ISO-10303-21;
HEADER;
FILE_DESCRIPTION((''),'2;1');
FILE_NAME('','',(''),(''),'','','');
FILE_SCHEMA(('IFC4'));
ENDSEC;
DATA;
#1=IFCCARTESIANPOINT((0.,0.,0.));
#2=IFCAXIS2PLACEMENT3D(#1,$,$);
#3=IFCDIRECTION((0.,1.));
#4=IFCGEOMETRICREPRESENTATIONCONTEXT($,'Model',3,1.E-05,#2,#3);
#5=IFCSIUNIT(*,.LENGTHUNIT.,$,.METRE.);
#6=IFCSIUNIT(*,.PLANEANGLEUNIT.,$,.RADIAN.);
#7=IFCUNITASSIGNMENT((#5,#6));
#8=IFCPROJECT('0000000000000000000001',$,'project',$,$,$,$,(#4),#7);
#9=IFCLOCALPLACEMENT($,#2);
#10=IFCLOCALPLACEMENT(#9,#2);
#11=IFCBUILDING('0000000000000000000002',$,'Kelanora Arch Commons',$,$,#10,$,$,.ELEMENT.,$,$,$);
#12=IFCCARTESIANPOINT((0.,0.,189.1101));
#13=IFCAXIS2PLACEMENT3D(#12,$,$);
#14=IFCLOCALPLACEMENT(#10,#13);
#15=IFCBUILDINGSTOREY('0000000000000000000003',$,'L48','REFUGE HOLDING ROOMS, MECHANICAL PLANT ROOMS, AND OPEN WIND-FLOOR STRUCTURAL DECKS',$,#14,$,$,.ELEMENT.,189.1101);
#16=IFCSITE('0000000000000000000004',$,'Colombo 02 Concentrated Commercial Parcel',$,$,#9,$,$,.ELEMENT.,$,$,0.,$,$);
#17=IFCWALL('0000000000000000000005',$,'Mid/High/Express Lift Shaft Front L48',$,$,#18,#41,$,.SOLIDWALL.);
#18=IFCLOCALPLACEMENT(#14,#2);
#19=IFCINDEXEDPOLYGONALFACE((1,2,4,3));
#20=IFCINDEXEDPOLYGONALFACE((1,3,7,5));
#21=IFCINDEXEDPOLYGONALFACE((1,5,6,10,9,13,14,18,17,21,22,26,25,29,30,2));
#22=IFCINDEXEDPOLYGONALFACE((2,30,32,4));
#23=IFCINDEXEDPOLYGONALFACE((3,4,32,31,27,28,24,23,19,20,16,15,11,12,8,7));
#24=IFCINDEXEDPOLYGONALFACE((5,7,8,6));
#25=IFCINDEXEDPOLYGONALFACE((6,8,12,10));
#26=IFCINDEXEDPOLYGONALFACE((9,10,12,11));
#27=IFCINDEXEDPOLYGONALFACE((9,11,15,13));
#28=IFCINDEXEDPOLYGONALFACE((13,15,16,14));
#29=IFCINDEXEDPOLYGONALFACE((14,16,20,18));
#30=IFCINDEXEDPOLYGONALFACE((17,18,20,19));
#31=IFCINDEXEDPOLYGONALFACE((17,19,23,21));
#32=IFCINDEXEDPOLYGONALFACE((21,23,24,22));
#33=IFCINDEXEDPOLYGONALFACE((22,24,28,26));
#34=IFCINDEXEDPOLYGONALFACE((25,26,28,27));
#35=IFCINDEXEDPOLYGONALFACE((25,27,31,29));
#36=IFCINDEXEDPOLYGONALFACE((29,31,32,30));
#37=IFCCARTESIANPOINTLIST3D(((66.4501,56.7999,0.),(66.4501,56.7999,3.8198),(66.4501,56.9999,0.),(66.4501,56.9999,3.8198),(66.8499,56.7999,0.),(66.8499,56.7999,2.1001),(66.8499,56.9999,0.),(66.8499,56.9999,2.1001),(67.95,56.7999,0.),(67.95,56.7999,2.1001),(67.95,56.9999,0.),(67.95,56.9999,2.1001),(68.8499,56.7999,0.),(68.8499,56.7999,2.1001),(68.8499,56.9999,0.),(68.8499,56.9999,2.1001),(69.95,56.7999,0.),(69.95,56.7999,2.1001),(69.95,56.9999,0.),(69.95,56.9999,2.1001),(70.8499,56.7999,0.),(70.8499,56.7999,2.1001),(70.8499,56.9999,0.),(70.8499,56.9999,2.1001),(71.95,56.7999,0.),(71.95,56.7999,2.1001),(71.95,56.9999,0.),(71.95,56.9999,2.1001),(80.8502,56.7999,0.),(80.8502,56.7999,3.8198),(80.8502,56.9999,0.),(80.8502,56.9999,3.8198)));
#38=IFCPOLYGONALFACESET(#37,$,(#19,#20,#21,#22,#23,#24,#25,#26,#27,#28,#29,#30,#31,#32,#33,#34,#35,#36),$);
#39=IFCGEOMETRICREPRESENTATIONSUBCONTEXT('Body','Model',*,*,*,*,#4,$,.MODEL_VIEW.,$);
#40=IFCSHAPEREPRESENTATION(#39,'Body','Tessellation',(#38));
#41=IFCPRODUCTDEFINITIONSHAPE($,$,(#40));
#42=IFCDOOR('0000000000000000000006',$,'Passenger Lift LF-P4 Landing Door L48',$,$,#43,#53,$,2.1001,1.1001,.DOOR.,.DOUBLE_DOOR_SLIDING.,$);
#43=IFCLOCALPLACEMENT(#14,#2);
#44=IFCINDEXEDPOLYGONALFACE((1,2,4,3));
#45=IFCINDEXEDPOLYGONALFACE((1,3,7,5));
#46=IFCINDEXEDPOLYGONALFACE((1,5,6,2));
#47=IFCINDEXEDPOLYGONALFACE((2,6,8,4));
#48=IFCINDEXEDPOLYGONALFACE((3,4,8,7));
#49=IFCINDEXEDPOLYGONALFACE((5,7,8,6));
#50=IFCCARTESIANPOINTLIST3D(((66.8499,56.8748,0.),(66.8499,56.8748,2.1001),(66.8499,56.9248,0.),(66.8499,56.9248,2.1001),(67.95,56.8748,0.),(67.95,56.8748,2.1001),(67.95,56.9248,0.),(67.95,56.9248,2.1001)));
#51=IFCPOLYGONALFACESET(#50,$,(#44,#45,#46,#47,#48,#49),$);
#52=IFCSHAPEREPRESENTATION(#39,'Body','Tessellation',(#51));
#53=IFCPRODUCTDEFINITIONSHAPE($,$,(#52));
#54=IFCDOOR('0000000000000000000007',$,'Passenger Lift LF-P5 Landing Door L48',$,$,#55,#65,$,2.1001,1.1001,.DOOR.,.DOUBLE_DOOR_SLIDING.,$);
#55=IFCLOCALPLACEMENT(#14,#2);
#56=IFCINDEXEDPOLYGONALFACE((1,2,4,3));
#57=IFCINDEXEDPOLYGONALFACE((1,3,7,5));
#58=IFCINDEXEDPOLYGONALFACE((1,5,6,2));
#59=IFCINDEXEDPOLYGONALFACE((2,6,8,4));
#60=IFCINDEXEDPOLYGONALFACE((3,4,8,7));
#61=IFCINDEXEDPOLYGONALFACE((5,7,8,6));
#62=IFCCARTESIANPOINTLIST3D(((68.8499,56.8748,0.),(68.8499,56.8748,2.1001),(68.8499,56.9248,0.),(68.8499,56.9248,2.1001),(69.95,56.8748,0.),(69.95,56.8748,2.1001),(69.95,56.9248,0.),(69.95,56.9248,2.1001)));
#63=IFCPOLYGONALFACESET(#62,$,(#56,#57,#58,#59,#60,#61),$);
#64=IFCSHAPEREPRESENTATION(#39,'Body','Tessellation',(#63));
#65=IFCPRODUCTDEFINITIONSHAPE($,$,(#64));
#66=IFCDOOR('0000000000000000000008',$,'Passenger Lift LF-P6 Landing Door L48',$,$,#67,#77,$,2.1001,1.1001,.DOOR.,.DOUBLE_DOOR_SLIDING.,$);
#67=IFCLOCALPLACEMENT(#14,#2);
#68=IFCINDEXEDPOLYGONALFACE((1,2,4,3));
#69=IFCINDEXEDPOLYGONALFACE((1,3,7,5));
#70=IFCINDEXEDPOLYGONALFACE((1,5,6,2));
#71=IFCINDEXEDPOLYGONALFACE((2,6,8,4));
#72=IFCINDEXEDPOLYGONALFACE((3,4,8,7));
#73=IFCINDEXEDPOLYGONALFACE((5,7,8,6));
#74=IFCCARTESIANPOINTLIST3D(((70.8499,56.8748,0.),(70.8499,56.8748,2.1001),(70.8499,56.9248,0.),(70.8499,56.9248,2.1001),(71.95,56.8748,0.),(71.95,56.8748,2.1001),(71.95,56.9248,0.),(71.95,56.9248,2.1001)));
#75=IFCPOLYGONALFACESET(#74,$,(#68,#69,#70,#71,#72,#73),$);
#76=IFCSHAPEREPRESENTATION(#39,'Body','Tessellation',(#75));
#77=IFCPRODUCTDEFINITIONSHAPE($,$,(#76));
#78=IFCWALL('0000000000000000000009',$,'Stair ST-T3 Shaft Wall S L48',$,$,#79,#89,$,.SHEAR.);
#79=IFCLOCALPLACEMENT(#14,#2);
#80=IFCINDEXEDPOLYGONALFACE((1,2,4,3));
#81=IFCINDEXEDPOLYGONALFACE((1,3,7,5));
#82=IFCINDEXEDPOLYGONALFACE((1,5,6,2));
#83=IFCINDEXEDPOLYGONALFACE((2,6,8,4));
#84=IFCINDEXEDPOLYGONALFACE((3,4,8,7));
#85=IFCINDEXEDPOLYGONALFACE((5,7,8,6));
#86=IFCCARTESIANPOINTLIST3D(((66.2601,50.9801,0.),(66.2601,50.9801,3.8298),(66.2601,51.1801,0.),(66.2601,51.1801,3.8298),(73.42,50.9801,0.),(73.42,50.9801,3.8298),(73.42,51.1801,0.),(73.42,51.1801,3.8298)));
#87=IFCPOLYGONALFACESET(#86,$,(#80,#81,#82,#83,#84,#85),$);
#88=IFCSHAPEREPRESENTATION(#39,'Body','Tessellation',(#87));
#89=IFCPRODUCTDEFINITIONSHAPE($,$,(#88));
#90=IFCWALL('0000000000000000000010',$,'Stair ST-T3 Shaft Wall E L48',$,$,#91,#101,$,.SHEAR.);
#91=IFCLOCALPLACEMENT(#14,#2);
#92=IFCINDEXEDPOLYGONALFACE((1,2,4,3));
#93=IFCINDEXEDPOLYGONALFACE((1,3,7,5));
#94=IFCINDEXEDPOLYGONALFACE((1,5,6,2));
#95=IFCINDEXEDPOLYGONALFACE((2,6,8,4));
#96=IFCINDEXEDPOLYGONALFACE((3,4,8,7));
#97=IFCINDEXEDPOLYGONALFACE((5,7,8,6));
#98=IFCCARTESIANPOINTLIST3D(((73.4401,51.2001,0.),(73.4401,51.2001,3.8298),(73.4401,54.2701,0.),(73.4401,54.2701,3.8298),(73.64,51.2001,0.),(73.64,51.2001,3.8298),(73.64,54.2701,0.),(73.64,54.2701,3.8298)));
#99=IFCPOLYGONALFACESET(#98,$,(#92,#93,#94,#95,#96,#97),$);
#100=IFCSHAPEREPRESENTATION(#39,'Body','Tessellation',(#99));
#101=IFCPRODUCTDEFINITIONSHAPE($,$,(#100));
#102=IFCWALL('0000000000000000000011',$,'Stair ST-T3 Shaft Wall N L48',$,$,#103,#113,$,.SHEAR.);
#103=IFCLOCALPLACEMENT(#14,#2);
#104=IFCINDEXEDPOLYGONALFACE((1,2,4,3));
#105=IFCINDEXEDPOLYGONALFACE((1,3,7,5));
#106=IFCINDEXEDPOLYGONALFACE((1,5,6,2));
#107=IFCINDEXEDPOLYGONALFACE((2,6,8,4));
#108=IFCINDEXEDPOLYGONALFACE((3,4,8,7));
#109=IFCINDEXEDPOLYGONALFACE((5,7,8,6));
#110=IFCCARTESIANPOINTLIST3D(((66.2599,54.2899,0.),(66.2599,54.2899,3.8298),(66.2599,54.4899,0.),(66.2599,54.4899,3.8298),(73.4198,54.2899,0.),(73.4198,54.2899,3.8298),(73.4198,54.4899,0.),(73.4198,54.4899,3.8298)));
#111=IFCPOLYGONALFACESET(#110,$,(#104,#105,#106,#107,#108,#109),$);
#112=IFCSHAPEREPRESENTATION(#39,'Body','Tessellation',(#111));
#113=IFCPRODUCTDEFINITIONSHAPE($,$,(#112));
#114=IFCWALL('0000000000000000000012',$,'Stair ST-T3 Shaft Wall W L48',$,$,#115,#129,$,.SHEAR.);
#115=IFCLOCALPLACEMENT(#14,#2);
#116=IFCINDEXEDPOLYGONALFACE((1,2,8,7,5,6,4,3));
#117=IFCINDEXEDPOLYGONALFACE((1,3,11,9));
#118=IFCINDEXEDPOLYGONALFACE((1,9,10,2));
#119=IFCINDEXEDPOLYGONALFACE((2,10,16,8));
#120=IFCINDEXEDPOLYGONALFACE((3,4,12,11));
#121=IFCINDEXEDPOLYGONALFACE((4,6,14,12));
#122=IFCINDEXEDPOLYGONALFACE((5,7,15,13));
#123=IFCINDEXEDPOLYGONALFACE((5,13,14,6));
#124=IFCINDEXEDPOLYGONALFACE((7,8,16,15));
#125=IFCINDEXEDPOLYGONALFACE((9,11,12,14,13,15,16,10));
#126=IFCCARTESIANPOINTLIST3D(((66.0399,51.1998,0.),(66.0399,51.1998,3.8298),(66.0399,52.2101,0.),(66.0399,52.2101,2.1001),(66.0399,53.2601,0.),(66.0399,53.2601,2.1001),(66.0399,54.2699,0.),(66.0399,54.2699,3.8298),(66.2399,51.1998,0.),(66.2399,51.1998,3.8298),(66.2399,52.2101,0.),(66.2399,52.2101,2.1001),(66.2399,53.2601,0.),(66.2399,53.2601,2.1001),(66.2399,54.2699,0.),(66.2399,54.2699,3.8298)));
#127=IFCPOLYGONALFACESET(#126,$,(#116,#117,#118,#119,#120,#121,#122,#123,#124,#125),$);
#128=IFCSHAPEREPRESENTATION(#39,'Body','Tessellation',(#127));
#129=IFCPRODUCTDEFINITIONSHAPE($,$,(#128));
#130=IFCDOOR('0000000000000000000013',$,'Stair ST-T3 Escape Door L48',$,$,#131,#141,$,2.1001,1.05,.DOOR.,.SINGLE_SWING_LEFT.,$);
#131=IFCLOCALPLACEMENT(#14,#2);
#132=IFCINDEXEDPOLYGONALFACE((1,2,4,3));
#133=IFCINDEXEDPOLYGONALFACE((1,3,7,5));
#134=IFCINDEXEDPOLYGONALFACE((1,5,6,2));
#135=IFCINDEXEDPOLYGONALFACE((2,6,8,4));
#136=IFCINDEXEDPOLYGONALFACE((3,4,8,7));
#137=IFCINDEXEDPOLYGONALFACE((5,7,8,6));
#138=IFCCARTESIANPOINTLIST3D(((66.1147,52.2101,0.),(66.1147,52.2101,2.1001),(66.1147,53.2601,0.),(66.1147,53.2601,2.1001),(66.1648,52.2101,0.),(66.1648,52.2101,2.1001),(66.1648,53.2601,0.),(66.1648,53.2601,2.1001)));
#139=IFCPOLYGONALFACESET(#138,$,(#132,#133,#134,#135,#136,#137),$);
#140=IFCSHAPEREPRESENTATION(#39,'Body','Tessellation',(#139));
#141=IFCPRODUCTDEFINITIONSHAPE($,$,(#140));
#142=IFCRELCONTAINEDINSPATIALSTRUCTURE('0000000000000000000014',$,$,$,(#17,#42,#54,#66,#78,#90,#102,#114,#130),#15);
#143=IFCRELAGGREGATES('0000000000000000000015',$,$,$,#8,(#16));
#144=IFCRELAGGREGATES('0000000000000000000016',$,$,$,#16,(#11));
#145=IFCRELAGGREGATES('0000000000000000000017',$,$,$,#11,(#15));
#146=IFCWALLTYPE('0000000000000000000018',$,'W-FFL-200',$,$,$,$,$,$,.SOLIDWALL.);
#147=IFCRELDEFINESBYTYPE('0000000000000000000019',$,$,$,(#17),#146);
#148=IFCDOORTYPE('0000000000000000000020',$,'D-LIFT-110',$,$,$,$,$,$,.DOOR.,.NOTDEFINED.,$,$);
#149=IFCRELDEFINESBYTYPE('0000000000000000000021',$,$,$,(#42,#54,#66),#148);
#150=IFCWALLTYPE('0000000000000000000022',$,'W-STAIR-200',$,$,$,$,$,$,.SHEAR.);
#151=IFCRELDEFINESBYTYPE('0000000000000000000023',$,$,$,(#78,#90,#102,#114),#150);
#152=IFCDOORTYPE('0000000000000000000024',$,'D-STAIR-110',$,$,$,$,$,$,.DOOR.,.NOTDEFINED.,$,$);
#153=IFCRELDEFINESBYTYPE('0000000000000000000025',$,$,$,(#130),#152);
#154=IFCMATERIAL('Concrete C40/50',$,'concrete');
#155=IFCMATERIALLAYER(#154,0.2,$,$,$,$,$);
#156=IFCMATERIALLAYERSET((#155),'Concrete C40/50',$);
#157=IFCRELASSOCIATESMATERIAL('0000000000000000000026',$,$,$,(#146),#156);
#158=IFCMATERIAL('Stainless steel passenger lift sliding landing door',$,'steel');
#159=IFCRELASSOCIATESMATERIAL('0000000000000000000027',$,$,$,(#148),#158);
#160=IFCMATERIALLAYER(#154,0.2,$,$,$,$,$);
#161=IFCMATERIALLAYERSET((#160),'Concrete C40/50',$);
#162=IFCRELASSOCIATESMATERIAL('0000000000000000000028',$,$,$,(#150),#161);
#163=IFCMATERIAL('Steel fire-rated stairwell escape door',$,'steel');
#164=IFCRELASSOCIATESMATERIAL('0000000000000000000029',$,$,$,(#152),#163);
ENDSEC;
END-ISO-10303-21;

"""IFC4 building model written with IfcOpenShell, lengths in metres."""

from ifc_helpers import new_model, si_unit, direction, frame, frame_2d, origin, place, context, subcontext, project, spatial, rectangle, extrude, material, layer, layer_set, type_object, element, fill, save


model = new_model("IFC4")

# Units and contexts
model_context = context("Model", 3, precision=1e-05, world=origin(), true_north=direction((0.0, 1.0)))
body_context = subcontext(model_context, "Body", "Model", "MODEL_VIEW")
ifc_project = project(units=[si_unit("LENGTHUNIT", "METRE"), si_unit("PLANEANGLEUNIT", "RADIAN")], contexts=[model_context])

# Site, building, storey
site_placement = place(None, origin())
site = spatial("IfcSite", under=ifc_project, at=site_placement, Name="Colombo 02 Concentrated Commercial Parcel", CompositionType="ELEMENT", RefElevation=0.0)
building_placement = place(site_placement, origin())
building = spatial("IfcBuilding", under=site, at=building_placement, Name="Kelanora Arch Commons", CompositionType="ELEMENT")
storey_placement = place(building_placement, frame((0.0, 0.0, 189.1101)))
storey = spatial("IfcBuildingStorey", under=building, at=storey_placement, Name="L48", Description="REFUGE HOLDING ROOMS, MECHANICAL PLANT ROOMS, AND OPEN WIND-FLOOR STRUCTURAL DECKS", CompositionType="ELEMENT", Elevation=189.1101)

# Wall, openings, doors
ifc_material_1 = material(Name="Concrete C40/50", Category="concrete")
ifc_layer_1 = layer(ifc_material_1, 0.2)
ifc_layer_set_1 = layer_set([ifc_layer_1], Name="Concrete C40/50")
wall_type_1 = type_object("IfcWallType", Name="W-FFL-200", PredefinedType="SOLIDWALL", material=ifc_layer_set_1)
wall_1_placement = place(storey_placement, frame((66.45, 56.8999, 0.0), z_axis=(0.0, 0.0, 1.0), x_axis=(1.0, 0.0, 0.0)))
wall_1 = element("IfcWall", 1, at=wall_1_placement, inside=storey, type_object=wall_type_1, Name="Mid/High/Express Lift Shaft Front L48", PredefinedType="SOLIDWALL", context=body_context, shape_type="SweptSolid", body=[
    extrude(rectangle(XDim=14.4001, YDim=0.2, at=frame_2d((7.2002, 0.0))), origin(), (0.0, 0.0, 1.0), 3.8198),
])
opening_1_placement = place(wall_1_placement, frame((0.3999, 0.0, 0.0)))
opening_1 = element("IfcOpeningElement", 2, at=opening_1_placement, cuts=wall_1, PredefinedType="OPENING", context=body_context, shape_type="SweptSolid", body=[
    extrude(rectangle(XDim=1.1001, YDim=2.1001, at=frame_2d((0.55, 1.05))), frame((0.0, 0.1099, 0.0), z_axis=(0.0, -1.0, 0.0), x_axis=(1.0, 0.0, 0.0)), (0.0, 0.0, 1.0), 0.22),
])
opening_2_placement = place(wall_1_placement, frame((2.3999, 0.0, 0.0)))
opening_2 = element("IfcOpeningElement", 3, at=opening_2_placement, cuts=wall_1, PredefinedType="OPENING", context=body_context, shape_type="SweptSolid", body=[
    extrude(rectangle(XDim=1.1001, YDim=2.1001, at=frame_2d((0.55, 1.05))), frame((0.0, 0.1099, 0.0), z_axis=(0.0, -1.0, 0.0), x_axis=(1.0, 0.0, 0.0)), (0.0, 0.0, 1.0), 0.22),
])
opening_3_placement = place(wall_1_placement, frame((4.3999, 0.0, 0.0)))
opening_3 = element("IfcOpeningElement", 4, at=opening_3_placement, cuts=wall_1, PredefinedType="OPENING", context=body_context, shape_type="SweptSolid", body=[
    extrude(rectangle(XDim=1.1001, YDim=2.1001, at=frame_2d((0.55, 1.05))), frame((0.0, 0.1099, 0.0), z_axis=(0.0, -1.0, 0.0), x_axis=(1.0, 0.0, 0.0)), (0.0, 0.0, 1.0), 0.22),
])
ifc_material_2 = material(Name="Stainless steel passenger lift sliding landing door", Category="steel")
door_type_1 = type_object("IfcDoorType", Name="D-LIFT-110", OperationType="NOTDEFINED", PredefinedType="DOOR", material=ifc_material_2)
door_1_placement = place(opening_1_placement, origin())
door_1 = element("IfcDoor", 5, at=door_1_placement, inside=storey, type_object=door_type_1, Name="Passenger Lift LF-P4 Landing Door L48", OperationType="DOUBLE_DOOR_SLIDING", OverallHeight=2.1001, OverallWidth=1.1001, PredefinedType="DOOR", context=body_context, shape_type="SweptSolid", body=[
    extrude(rectangle(XDim=1.1001, YDim=2.1001, at=frame_2d((0.55, 1.05))), frame((0.0, 0.0249, 0.0), z_axis=(0.0, -1.0, 0.0), x_axis=(1.0, 0.0, 0.0)), (0.0, 0.0, 1.0), 0.05),
])
fill(opening_1, door_1)
door_2_placement = place(opening_2_placement, origin())
door_2 = element("IfcDoor", 6, at=door_2_placement, inside=storey, type_object=door_type_1, Name="Passenger Lift LF-P5 Landing Door L48", OperationType="DOUBLE_DOOR_SLIDING", OverallHeight=2.1001, OverallWidth=1.1001, PredefinedType="DOOR", context=body_context, shape_type="SweptSolid", body=[
    extrude(rectangle(XDim=1.1001, YDim=2.1001, at=frame_2d((0.55, 1.05))), frame((0.0, 0.0249, 0.0), z_axis=(0.0, -1.0, 0.0), x_axis=(1.0, 0.0, 0.0)), (0.0, 0.0, 1.0), 0.05),
])
fill(opening_2, door_2)
door_3_placement = place(opening_3_placement, origin())
door_3 = element("IfcDoor", 7, at=door_3_placement, inside=storey, type_object=door_type_1, Name="Passenger Lift LF-P6 Landing Door L48", OperationType="DOUBLE_DOOR_SLIDING", OverallHeight=2.1001, OverallWidth=1.1001, PredefinedType="DOOR", context=body_context, shape_type="SweptSolid", body=[
    extrude(rectangle(XDim=1.1001, YDim=2.1001, at=frame_2d((0.55, 1.05))), frame((0.0, 0.0249, 0.0), z_axis=(0.0, -1.0, 0.0), x_axis=(1.0, 0.0, 0.0)), (0.0, 0.0, 1.0), 0.05),
])
fill(opening_3, door_3)

# Walls
ifc_layer_2 = layer(ifc_material_1, 0.2)
ifc_layer_set_2 = layer_set([ifc_layer_2], Name="Concrete C40/50")
wall_type_2 = type_object("IfcWallType", Name="W-STAIR-200", PredefinedType="SHEAR", material=ifc_layer_set_2)
wall_2_placement = place(storey_placement, frame((66.26, 51.0801, 0.0), z_axis=(0.0, 0.0, 1.0), x_axis=(1.0, 0.0, 0.0)))
element("IfcWall", 8, at=wall_2_placement, inside=storey, type_object=wall_type_2, Name="Stair ST-T3 Shaft Wall S L48", PredefinedType="SHEAR", context=body_context, shape_type="SweptSolid", body=[
    extrude(rectangle(XDim=7.1599, YDim=0.2, at=frame_2d((3.5801, 0.0))), origin(), (0.0, 0.0, 1.0), 3.8298),
])
wall_3_placement = place(storey_placement, frame((73.54, 51.2, 0.0), z_axis=(0.0, 0.0, 1.0), x_axis=(0.0, 1.0, 0.0)))
element("IfcWall", 9, at=wall_3_placement, inside=storey, type_object=wall_type_2, Name="Stair ST-T3 Shaft Wall E L48", PredefinedType="SHEAR", context=body_context, shape_type="SweptSolid", body=[
    extrude(rectangle(XDim=3.0701, YDim=0.2, at=frame_2d((1.5352, 0.0))), origin(), (0.0, 0.0, 1.0), 3.8298),
])
wall_4_placement = place(storey_placement, frame((73.4199, 54.3899, 0.0), z_axis=(0.0, 0.0, 1.0), x_axis=(-1.0, 0.0, 0.0)))
element("IfcWall", 10, at=wall_4_placement, inside=storey, type_object=wall_type_2, Name="Stair ST-T3 Shaft Wall N L48", PredefinedType="SHEAR", context=body_context, shape_type="SweptSolid", body=[
    extrude(rectangle(XDim=7.1599, YDim=0.2, at=frame_2d((3.5801, 0.0))), origin(), (0.0, 0.0, 1.0), 3.8298),
])

# Wall, opening, door
wall_5_placement = place(storey_placement, frame((66.1399, 54.27, 0.0), z_axis=(0.0, 0.0, 1.0), x_axis=(0.0, -1.0, 0.0)))
wall_5 = element("IfcWall", 11, at=wall_5_placement, inside=storey, type_object=wall_type_2, Name="Stair ST-T3 Shaft Wall W L48", PredefinedType="SHEAR", context=body_context, shape_type="SweptSolid", body=[
    extrude(rectangle(XDim=3.0701, YDim=0.2, at=frame_2d((1.5352, 0.0))), origin(), (0.0, 0.0, 1.0), 3.8298),
])
opening_4_placement = place(wall_5_placement, frame((1.01, 0.0, 0.0)))
opening_4 = element("IfcOpeningElement", 12, at=opening_4_placement, cuts=wall_5, PredefinedType="OPENING", context=body_context, shape_type="SweptSolid", body=[
    extrude(rectangle(XDim=1.05, YDim=2.1001, at=frame_2d((0.5249, 1.05))), frame((0.0, 0.1099, 0.0), z_axis=(0.0, -1.0, 0.0), x_axis=(1.0, 0.0, 0.0)), (0.0, 0.0, 1.0), 0.22),
])
ifc_material_3 = material(Name="Steel fire-rated stairwell escape door", Category="steel")
door_type_2 = type_object("IfcDoorType", Name="D-STAIR-110", OperationType="NOTDEFINED", PredefinedType="DOOR", material=ifc_material_3)
door_4_placement = place(opening_4_placement, origin())
door_4 = element("IfcDoor", 13, at=door_4_placement, inside=storey, type_object=door_type_2, Name="Stair ST-T3 Escape Door L48", OperationType="SINGLE_SWING_LEFT", OverallHeight=2.1001, OverallWidth=1.05, PredefinedType="DOOR", context=body_context, shape_type="SweptSolid", body=[
    extrude(rectangle(XDim=1.05, YDim=2.1001, at=frame_2d((0.5249, 1.05))), frame((0.0, 0.0249, 0.0), z_axis=(0.0, -1.0, 0.0), x_axis=(1.0, 0.0, 0.0)), (0.0, 0.0, 1.0), 0.05),
])
fill(opening_4, door_4)

save(model, "model.ifc")
